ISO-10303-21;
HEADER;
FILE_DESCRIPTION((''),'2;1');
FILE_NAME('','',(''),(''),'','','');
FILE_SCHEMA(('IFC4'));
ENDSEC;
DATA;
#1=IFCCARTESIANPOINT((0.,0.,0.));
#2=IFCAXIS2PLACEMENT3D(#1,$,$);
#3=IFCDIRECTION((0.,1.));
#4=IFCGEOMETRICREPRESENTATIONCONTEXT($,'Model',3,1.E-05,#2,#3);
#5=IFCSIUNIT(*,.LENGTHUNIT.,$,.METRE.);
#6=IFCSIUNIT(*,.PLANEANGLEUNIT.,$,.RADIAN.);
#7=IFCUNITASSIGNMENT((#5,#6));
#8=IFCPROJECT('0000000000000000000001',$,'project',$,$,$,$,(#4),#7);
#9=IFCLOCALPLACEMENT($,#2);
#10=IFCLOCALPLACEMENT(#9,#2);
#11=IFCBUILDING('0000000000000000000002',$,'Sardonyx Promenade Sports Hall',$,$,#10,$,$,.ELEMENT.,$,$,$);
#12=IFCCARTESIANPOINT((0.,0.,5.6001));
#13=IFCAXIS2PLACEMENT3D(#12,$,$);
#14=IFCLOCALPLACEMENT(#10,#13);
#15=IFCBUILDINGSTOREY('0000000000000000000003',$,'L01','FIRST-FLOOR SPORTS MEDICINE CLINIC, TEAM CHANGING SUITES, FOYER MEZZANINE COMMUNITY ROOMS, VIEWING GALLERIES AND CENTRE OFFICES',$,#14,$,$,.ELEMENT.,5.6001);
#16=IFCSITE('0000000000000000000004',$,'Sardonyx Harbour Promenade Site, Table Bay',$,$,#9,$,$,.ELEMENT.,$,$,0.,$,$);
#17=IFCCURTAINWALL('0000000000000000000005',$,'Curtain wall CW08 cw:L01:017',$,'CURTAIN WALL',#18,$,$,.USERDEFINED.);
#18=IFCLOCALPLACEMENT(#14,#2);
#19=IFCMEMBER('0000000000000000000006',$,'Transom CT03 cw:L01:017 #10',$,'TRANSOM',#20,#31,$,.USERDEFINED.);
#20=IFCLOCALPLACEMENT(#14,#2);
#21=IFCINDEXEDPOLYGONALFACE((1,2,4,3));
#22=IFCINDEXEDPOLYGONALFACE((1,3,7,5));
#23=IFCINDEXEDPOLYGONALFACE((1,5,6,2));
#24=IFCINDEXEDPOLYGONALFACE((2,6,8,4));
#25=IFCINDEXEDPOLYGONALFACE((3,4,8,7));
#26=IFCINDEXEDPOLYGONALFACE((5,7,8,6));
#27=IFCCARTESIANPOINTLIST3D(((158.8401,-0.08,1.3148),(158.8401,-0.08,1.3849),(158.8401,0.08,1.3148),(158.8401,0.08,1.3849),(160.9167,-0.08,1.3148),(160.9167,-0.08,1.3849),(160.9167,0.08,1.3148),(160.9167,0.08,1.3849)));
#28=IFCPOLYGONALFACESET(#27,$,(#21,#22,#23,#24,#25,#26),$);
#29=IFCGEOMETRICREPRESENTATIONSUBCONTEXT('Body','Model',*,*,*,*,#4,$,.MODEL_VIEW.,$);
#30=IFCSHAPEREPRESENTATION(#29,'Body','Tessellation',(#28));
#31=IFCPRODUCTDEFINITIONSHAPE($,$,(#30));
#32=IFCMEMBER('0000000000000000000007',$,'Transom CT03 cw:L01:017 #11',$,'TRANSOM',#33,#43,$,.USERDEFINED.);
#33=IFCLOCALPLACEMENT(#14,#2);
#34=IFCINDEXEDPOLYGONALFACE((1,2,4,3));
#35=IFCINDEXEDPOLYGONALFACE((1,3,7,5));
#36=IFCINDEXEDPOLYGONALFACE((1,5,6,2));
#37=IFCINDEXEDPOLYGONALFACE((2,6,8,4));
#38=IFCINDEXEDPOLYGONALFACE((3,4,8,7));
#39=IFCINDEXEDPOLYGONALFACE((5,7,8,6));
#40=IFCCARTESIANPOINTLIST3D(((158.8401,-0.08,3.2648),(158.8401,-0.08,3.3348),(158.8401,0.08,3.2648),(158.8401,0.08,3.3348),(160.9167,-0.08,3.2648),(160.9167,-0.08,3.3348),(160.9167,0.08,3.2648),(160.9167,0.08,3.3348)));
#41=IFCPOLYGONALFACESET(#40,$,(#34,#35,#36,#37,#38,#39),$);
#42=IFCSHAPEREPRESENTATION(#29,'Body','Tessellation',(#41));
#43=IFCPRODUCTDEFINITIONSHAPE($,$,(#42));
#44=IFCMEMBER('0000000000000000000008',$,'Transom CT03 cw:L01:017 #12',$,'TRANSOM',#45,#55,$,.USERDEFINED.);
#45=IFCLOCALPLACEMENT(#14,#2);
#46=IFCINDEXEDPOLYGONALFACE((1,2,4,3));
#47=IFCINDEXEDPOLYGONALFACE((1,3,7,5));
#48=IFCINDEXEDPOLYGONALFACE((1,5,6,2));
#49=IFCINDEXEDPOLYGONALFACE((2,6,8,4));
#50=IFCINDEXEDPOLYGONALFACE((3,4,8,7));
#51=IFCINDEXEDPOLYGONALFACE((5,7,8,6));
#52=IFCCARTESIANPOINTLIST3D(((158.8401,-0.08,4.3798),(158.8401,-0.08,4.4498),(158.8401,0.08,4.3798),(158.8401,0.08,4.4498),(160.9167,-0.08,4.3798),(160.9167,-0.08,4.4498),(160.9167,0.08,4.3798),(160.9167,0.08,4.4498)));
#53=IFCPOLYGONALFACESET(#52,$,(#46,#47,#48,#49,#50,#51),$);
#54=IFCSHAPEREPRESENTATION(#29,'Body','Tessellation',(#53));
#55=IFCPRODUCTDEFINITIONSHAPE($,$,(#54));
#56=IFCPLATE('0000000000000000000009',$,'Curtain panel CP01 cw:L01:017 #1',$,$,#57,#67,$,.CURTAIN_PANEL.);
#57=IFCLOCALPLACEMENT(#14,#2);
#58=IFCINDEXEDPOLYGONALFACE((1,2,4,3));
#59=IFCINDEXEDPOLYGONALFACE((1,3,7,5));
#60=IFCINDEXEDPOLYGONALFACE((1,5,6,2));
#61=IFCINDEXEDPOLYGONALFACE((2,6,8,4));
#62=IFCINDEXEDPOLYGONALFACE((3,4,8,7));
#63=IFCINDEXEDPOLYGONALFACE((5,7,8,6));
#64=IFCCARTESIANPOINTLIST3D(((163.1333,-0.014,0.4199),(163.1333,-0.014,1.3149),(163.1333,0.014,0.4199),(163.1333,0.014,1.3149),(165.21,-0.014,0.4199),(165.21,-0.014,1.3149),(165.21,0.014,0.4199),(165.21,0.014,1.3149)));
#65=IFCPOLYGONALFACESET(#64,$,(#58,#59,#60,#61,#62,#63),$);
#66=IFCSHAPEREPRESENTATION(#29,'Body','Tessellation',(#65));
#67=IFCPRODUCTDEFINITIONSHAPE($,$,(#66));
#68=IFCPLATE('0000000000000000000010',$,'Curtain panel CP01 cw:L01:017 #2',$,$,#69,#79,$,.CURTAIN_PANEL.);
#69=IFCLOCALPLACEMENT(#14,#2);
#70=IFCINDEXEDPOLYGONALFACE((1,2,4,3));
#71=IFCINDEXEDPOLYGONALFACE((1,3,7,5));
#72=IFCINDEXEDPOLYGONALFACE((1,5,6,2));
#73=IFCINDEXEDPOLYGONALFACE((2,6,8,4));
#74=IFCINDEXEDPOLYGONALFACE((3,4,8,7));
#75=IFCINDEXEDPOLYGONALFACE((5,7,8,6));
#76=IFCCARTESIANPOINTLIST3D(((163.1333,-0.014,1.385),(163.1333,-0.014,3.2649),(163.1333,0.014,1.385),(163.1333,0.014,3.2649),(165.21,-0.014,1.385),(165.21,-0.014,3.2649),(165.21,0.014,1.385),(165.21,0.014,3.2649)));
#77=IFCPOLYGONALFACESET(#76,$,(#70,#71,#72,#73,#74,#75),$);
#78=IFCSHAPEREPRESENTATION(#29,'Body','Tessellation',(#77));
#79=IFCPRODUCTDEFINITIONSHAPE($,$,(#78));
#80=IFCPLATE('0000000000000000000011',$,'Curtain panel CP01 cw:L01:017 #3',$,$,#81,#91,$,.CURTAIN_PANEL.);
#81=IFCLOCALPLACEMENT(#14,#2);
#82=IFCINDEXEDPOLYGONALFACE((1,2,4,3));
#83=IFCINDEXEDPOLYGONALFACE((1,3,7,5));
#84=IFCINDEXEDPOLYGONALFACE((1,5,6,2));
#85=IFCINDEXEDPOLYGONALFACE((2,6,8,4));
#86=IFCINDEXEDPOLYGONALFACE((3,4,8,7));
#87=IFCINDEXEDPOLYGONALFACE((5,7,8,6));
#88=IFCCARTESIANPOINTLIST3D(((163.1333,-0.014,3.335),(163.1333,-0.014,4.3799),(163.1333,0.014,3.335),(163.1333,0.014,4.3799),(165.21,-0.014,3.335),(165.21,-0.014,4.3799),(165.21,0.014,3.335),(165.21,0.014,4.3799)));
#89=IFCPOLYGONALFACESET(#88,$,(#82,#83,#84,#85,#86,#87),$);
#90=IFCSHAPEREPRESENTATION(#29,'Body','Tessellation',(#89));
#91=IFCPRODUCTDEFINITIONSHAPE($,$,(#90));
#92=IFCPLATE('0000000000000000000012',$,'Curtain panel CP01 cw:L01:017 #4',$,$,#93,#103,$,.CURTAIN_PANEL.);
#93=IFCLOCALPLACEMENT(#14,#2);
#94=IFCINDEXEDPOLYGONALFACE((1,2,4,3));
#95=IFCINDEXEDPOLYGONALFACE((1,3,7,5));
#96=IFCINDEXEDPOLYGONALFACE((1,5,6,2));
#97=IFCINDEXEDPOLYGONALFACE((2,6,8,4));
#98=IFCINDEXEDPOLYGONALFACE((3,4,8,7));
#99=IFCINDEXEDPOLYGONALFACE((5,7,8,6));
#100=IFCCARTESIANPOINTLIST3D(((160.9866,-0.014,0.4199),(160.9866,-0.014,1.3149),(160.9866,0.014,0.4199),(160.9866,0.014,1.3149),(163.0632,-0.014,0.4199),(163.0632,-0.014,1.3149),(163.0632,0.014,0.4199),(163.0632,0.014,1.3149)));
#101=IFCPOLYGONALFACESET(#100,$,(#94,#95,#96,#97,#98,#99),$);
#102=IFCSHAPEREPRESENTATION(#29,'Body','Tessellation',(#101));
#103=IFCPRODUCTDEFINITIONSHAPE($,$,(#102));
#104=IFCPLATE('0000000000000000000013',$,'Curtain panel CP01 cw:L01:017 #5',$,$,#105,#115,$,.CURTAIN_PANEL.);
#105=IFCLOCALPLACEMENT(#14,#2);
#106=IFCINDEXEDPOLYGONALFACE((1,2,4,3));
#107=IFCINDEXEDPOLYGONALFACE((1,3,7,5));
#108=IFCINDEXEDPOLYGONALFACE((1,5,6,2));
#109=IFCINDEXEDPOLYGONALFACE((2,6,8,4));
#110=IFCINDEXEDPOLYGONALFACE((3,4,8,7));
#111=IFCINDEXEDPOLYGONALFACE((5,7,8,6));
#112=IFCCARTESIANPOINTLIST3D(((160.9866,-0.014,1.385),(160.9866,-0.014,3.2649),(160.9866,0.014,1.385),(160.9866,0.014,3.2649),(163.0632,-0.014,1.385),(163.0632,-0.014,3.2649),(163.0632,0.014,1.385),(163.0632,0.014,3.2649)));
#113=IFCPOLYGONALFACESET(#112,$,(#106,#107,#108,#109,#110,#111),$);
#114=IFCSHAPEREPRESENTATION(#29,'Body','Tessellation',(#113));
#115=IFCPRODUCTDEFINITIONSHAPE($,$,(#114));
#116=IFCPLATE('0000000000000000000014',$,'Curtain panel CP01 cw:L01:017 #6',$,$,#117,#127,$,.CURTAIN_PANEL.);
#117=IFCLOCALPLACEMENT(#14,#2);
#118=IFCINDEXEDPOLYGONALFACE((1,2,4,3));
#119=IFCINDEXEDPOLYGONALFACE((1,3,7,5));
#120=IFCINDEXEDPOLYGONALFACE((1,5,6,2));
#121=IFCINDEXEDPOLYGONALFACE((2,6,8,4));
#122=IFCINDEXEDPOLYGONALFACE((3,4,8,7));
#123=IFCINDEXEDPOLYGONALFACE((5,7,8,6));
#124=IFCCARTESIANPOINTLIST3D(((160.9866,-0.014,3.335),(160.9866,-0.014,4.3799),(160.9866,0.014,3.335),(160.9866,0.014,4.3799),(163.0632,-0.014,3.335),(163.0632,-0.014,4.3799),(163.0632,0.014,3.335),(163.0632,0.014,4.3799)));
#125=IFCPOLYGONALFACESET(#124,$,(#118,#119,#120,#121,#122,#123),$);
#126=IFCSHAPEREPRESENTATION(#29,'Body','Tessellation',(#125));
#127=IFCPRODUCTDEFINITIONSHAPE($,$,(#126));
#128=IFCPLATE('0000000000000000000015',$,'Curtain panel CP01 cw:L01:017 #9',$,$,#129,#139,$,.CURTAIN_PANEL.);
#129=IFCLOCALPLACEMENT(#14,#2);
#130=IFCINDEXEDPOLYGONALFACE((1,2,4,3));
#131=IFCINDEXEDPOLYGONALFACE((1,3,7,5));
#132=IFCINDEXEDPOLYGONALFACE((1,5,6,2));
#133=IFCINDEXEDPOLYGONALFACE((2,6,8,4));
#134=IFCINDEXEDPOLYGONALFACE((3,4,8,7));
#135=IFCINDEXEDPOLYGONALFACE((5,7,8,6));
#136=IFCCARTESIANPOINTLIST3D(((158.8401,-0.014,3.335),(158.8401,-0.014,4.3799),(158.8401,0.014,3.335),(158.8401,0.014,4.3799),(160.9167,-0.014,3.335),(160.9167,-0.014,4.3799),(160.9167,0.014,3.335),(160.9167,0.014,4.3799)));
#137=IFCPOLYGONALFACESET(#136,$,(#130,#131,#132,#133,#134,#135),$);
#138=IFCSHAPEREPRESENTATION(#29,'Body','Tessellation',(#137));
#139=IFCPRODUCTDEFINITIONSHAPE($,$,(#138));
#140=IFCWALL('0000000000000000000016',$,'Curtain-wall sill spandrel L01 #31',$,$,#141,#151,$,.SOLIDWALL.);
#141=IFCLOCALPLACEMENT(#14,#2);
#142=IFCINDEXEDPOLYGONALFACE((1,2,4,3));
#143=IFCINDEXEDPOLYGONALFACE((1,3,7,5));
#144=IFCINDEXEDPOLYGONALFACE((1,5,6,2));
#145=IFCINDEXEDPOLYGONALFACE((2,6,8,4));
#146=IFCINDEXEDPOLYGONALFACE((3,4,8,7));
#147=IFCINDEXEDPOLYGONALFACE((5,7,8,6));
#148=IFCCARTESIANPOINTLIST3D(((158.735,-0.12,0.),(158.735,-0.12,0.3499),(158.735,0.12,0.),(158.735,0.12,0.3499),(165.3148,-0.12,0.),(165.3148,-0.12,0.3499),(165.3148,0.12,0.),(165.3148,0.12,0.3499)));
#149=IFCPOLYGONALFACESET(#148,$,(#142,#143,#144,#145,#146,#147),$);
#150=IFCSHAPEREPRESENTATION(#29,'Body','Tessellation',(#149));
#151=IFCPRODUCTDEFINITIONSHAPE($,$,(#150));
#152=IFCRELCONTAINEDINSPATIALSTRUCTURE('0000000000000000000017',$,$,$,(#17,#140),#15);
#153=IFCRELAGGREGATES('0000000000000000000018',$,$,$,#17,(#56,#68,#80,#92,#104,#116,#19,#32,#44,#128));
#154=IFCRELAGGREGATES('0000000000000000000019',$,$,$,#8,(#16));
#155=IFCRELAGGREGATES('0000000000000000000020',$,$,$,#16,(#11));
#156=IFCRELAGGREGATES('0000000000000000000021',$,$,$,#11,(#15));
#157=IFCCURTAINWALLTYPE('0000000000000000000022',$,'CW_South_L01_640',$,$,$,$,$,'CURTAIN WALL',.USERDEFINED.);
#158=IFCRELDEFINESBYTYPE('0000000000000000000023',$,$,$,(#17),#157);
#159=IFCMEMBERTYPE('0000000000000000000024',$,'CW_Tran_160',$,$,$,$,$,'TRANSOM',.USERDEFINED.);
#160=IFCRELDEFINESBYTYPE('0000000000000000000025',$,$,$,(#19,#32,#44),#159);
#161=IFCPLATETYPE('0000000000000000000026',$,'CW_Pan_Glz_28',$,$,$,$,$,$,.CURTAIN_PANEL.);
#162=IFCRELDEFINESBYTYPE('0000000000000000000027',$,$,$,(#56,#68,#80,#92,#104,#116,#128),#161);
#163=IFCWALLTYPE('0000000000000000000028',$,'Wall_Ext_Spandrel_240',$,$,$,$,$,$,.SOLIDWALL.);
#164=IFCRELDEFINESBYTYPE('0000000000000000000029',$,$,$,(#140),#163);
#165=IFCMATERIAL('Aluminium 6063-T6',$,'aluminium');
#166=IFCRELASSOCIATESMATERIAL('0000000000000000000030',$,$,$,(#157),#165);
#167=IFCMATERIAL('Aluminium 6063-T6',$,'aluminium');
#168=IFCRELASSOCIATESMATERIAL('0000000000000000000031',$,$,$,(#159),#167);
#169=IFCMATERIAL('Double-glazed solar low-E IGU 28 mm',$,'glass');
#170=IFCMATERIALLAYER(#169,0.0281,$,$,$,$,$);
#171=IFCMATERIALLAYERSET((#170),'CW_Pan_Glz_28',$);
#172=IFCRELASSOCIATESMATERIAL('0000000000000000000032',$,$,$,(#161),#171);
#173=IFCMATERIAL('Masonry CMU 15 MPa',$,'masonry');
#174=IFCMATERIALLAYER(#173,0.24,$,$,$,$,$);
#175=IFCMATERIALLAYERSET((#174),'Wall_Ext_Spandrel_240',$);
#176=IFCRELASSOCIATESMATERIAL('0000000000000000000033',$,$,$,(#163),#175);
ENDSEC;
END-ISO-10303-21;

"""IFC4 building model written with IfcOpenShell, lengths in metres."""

from ifc_helpers import new_model, si_unit, direction, frame, frame_2d, origin, origin_2d, place, context, subcontext, project, spatial, rectangle, extrude, material, layer, layer_set, material_profile, profile_set, type_object, element, aggregate, save


model = new_model("IFC4")

# Units and contexts
model_context = context("Model", 3, precision=1e-05, world=origin(), true_north=direction((0.0, 1.0)))
body_context = subcontext(model_context, "Body", "Model", "MODEL_VIEW")
ifc_project = project(units=[si_unit("LENGTHUNIT", "METRE"), si_unit("PLANEANGLEUNIT", "RADIAN")], contexts=[model_context])

# Site, building, storey
site_placement = place(None, origin())
site = spatial("IfcSite", under=ifc_project, at=site_placement, Name="Sardonyx Harbour Promenade Site, Table Bay", CompositionType="ELEMENT", RefElevation=0.0)
building_placement = place(site_placement, origin())
building = spatial("IfcBuilding", under=site, at=building_placement, Name="Sardonyx Promenade Sports Hall", CompositionType="ELEMENT")
storey_placement = place(building_placement, frame((0.0, 0.0, 5.6001)))
storey = spatial("IfcBuildingStorey", under=building, at=storey_placement, Name="L01", Description="FIRST-FLOOR SPORTS MEDICINE CLINIC, TEAM CHANGING SUITES, FOYER MEZZANINE COMMUNITY ROOMS, VIEWING GALLERIES AND CENTRE OFFICES", CompositionType="ELEMENT", Elevation=5.6001)

# Curtain wall, members, plates
ifc_material_1 = material(Name="Aluminium 6063-T6", Category="aluminium")
curtain_wall_type = type_object("IfcCurtainWallType", Name="CW_South_L01_640", ElementType="CURTAIN WALL", PredefinedType="USERDEFINED", material=ifc_material_1)
curtain_wall_placement = place(storey_placement, origin())
curtain_wall = element("IfcCurtainWall", 1, at=curtain_wall_placement, inside=storey, type_object=curtain_wall_type, Name="Curtain wall CW08 cw:L01:017", ObjectType="CURTAIN WALL", PredefinedType="USERDEFINED")
ifc_material_2 = material(Name="Aluminium 6063-T6", Category="aluminium")
ifc_material_profile_1 = material_profile(ifc_material_2, rectangle(XDim=0.0701, YDim=0.1599, at=origin_2d()))
ifc_profile_set_1 = profile_set([ifc_material_profile_1], Name="Aluminium 6063-T6")
member_type_1 = type_object("IfcMemberType", Name="CW_Tran_160", ElementType="TRANSOM", PredefinedType="USERDEFINED", material=ifc_profile_set_1)
member_1_placement = place(storey_placement, frame((160.9167, 0.0, 1.3499), z_axis=(-1.0, 0.0, 0.0), x_axis=(0.0, 0.0, 1.0)))
member_1 = element("IfcMember", 2, at=member_1_placement, type_object=member_type_1, Name="Transom CT03 cw:L01:017 #10", ObjectType="TRANSOM", PredefinedType="USERDEFINED", context=body_context, shape_type="SweptSolid", body=[
    extrude(rectangle(XDim=0.0701, YDim=0.1599, at=origin_2d()), origin(), (0.0, 0.0, 1.0), 2.0767),
])
member_2_placement = place(storey_placement, frame((160.9167, 0.0, 3.2998), z_axis=(-1.0, 0.0, 0.0), x_axis=(0.0, 0.0, 1.0)))
member_2 = element("IfcMember", 3, at=member_2_placement, type_object=member_type_1, Name="Transom CT03 cw:L01:017 #11", ObjectType="TRANSOM", PredefinedType="USERDEFINED", context=body_context, shape_type="SweptSolid", body=[
    extrude(rectangle(XDim=0.0701, YDim=0.1599, at=origin_2d()), origin(), (0.0, 0.0, 1.0), 2.0767),
])
member_3_placement = place(storey_placement, frame((160.9167, 0.0, 4.4148), z_axis=(-1.0, 0.0, 0.0), x_axis=(0.0, 0.0, 1.0)))
member_3 = element("IfcMember", 4, at=member_3_placement, type_object=member_type_1, Name="Transom CT03 cw:L01:017 #12", ObjectType="TRANSOM", PredefinedType="USERDEFINED", context=body_context, shape_type="SweptSolid", body=[
    extrude(rectangle(XDim=0.0701, YDim=0.1599, at=origin_2d()), origin(), (0.0, 0.0, 1.0), 2.0767),
])
ifc_material_3 = material(Name="Double-glazed solar low-E IGU 28 mm", Category="glass")
ifc_layer_1 = layer(ifc_material_3, 0.0281)
ifc_layer_set_1 = layer_set([ifc_layer_1], Name="CW_Pan_Glz_28")
plate_type = type_object("IfcPlateType", Name="CW_Pan_Glz_28", PredefinedType="CURTAIN_PANEL", material=ifc_layer_set_1)
plate_1_placement = place(storey_placement, frame((164.1716, 0.0, 0.4199), z_axis=(0.0, 0.0, 1.0), x_axis=(-1.0, 0.0, 0.0)))
plate_1 = element("IfcPlate", 5, at=plate_1_placement, type_object=plate_type, Name="Curtain panel CP01 cw:L01:017 #1", PredefinedType="CURTAIN_PANEL", context=body_context, shape_type="SweptSolid", body=[
    extrude(rectangle(XDim=2.0767, YDim=0.0281, at=origin_2d()), origin(), (0.0, 0.0, 1.0), 0.895),
])
plate_2_placement = place(storey_placement, frame((164.1716, 0.0, 1.385), z_axis=(0.0, 0.0, 1.0), x_axis=(-1.0, 0.0, 0.0)))
plate_2 = element("IfcPlate", 6, at=plate_2_placement, type_object=plate_type, Name="Curtain panel CP01 cw:L01:017 #2", PredefinedType="CURTAIN_PANEL", context=body_context, shape_type="SweptSolid", body=[
    extrude(rectangle(XDim=2.0767, YDim=0.0281, at=origin_2d()), origin(), (0.0, 0.0, 1.0), 1.8799),
])
plate_3_placement = place(storey_placement, frame((164.1716, 0.0, 3.335), z_axis=(0.0, 0.0, 1.0), x_axis=(-1.0, 0.0, 0.0)))
plate_3 = element("IfcPlate", 7, at=plate_3_placement, type_object=plate_type, Name="Curtain panel CP01 cw:L01:017 #3", PredefinedType="CURTAIN_PANEL", context=body_context, shape_type="SweptSolid", body=[
    extrude(rectangle(XDim=2.0767, YDim=0.0281, at=origin_2d()), origin(), (0.0, 0.0, 1.0), 1.0449),
])
plate_4_placement = place(storey_placement, frame((162.0249, 0.0, 0.4199), z_axis=(0.0, 0.0, 1.0), x_axis=(-1.0, 0.0, 0.0)))
plate_4 = element("IfcPlate", 8, at=plate_4_placement, type_object=plate_type, Name="Curtain panel CP01 cw:L01:017 #4", PredefinedType="CURTAIN_PANEL", context=body_context, shape_type="SweptSolid", body=[
    extrude(rectangle(XDim=2.0767, YDim=0.0281, at=origin_2d()), origin(), (0.0, 0.0, 1.0), 0.895),
])
plate_5_placement = place(storey_placement, frame((162.0249, 0.0, 1.385), z_axis=(0.0, 0.0, 1.0), x_axis=(-1.0, 0.0, 0.0)))
plate_5 = element("IfcPlate", 9, at=plate_5_placement, type_object=plate_type, Name="Curtain panel CP01 cw:L01:017 #5", PredefinedType="CURTAIN_PANEL", context=body_context, shape_type="SweptSolid", body=[
    extrude(rectangle(XDim=2.0767, YDim=0.0281, at=origin_2d()), origin(), (0.0, 0.0, 1.0), 1.8799),
])
plate_6_placement = place(storey_placement, frame((162.0249, 0.0, 3.335), z_axis=(0.0, 0.0, 1.0), x_axis=(-1.0, 0.0, 0.0)))
plate_6 = element("IfcPlate", 10, at=plate_6_placement, type_object=plate_type, Name="Curtain panel CP01 cw:L01:017 #6", PredefinedType="CURTAIN_PANEL", context=body_context, shape_type="SweptSolid", body=[
    extrude(rectangle(XDim=2.0767, YDim=0.0281, at=origin_2d()), origin(), (0.0, 0.0, 1.0), 1.0449),
])
plate_7_placement = place(storey_placement, frame((159.8784, 0.0, 3.335), z_axis=(0.0, 0.0, 1.0), x_axis=(-1.0, 0.0, 0.0)))
plate_7 = element("IfcPlate", 11, at=plate_7_placement, type_object=plate_type, Name="Curtain panel CP01 cw:L01:017 #9", PredefinedType="CURTAIN_PANEL", context=body_context, shape_type="SweptSolid", body=[
    extrude(rectangle(XDim=2.0767, YDim=0.0281, at=origin_2d()), origin(), (0.0, 0.0, 1.0), 1.0449),
])
aggregate(curtain_wall, [plate_1, plate_2, plate_3, plate_4, plate_5, plate_6, member_1, member_2, member_3, plate_7])

# Wall
ifc_material_4 = material(Name="Masonry CMU 15 MPa", Category="masonry")
ifc_layer_2 = layer(ifc_material_4, 0.24)
ifc_layer_set_2 = layer_set([ifc_layer_2], Name="Wall_Ext_Spandrel_240")
wall_type = type_object("IfcWallType", Name="Wall_Ext_Spandrel_240", PredefinedType="SOLIDWALL", material=ifc_layer_set_2)
wall_placement = place(storey_placement, frame((165.3149, 0.0, 0.0), z_axis=(0.0, 0.0, 1.0), x_axis=(-1.0, 0.0, 0.0)))
element("IfcWall", 12, at=wall_placement, inside=storey, type_object=wall_type, Name="Curtain-wall sill spandrel L01 #31", PredefinedType="SOLIDWALL", context=body_context, shape_type="SweptSolid", body=[
    extrude(rectangle(XDim=6.5798, YDim=0.24, at=frame_2d((3.29, 0.0))), origin(), (0.0, 0.0, 1.0), 0.3499),
])

save(model, "model.ifc")
